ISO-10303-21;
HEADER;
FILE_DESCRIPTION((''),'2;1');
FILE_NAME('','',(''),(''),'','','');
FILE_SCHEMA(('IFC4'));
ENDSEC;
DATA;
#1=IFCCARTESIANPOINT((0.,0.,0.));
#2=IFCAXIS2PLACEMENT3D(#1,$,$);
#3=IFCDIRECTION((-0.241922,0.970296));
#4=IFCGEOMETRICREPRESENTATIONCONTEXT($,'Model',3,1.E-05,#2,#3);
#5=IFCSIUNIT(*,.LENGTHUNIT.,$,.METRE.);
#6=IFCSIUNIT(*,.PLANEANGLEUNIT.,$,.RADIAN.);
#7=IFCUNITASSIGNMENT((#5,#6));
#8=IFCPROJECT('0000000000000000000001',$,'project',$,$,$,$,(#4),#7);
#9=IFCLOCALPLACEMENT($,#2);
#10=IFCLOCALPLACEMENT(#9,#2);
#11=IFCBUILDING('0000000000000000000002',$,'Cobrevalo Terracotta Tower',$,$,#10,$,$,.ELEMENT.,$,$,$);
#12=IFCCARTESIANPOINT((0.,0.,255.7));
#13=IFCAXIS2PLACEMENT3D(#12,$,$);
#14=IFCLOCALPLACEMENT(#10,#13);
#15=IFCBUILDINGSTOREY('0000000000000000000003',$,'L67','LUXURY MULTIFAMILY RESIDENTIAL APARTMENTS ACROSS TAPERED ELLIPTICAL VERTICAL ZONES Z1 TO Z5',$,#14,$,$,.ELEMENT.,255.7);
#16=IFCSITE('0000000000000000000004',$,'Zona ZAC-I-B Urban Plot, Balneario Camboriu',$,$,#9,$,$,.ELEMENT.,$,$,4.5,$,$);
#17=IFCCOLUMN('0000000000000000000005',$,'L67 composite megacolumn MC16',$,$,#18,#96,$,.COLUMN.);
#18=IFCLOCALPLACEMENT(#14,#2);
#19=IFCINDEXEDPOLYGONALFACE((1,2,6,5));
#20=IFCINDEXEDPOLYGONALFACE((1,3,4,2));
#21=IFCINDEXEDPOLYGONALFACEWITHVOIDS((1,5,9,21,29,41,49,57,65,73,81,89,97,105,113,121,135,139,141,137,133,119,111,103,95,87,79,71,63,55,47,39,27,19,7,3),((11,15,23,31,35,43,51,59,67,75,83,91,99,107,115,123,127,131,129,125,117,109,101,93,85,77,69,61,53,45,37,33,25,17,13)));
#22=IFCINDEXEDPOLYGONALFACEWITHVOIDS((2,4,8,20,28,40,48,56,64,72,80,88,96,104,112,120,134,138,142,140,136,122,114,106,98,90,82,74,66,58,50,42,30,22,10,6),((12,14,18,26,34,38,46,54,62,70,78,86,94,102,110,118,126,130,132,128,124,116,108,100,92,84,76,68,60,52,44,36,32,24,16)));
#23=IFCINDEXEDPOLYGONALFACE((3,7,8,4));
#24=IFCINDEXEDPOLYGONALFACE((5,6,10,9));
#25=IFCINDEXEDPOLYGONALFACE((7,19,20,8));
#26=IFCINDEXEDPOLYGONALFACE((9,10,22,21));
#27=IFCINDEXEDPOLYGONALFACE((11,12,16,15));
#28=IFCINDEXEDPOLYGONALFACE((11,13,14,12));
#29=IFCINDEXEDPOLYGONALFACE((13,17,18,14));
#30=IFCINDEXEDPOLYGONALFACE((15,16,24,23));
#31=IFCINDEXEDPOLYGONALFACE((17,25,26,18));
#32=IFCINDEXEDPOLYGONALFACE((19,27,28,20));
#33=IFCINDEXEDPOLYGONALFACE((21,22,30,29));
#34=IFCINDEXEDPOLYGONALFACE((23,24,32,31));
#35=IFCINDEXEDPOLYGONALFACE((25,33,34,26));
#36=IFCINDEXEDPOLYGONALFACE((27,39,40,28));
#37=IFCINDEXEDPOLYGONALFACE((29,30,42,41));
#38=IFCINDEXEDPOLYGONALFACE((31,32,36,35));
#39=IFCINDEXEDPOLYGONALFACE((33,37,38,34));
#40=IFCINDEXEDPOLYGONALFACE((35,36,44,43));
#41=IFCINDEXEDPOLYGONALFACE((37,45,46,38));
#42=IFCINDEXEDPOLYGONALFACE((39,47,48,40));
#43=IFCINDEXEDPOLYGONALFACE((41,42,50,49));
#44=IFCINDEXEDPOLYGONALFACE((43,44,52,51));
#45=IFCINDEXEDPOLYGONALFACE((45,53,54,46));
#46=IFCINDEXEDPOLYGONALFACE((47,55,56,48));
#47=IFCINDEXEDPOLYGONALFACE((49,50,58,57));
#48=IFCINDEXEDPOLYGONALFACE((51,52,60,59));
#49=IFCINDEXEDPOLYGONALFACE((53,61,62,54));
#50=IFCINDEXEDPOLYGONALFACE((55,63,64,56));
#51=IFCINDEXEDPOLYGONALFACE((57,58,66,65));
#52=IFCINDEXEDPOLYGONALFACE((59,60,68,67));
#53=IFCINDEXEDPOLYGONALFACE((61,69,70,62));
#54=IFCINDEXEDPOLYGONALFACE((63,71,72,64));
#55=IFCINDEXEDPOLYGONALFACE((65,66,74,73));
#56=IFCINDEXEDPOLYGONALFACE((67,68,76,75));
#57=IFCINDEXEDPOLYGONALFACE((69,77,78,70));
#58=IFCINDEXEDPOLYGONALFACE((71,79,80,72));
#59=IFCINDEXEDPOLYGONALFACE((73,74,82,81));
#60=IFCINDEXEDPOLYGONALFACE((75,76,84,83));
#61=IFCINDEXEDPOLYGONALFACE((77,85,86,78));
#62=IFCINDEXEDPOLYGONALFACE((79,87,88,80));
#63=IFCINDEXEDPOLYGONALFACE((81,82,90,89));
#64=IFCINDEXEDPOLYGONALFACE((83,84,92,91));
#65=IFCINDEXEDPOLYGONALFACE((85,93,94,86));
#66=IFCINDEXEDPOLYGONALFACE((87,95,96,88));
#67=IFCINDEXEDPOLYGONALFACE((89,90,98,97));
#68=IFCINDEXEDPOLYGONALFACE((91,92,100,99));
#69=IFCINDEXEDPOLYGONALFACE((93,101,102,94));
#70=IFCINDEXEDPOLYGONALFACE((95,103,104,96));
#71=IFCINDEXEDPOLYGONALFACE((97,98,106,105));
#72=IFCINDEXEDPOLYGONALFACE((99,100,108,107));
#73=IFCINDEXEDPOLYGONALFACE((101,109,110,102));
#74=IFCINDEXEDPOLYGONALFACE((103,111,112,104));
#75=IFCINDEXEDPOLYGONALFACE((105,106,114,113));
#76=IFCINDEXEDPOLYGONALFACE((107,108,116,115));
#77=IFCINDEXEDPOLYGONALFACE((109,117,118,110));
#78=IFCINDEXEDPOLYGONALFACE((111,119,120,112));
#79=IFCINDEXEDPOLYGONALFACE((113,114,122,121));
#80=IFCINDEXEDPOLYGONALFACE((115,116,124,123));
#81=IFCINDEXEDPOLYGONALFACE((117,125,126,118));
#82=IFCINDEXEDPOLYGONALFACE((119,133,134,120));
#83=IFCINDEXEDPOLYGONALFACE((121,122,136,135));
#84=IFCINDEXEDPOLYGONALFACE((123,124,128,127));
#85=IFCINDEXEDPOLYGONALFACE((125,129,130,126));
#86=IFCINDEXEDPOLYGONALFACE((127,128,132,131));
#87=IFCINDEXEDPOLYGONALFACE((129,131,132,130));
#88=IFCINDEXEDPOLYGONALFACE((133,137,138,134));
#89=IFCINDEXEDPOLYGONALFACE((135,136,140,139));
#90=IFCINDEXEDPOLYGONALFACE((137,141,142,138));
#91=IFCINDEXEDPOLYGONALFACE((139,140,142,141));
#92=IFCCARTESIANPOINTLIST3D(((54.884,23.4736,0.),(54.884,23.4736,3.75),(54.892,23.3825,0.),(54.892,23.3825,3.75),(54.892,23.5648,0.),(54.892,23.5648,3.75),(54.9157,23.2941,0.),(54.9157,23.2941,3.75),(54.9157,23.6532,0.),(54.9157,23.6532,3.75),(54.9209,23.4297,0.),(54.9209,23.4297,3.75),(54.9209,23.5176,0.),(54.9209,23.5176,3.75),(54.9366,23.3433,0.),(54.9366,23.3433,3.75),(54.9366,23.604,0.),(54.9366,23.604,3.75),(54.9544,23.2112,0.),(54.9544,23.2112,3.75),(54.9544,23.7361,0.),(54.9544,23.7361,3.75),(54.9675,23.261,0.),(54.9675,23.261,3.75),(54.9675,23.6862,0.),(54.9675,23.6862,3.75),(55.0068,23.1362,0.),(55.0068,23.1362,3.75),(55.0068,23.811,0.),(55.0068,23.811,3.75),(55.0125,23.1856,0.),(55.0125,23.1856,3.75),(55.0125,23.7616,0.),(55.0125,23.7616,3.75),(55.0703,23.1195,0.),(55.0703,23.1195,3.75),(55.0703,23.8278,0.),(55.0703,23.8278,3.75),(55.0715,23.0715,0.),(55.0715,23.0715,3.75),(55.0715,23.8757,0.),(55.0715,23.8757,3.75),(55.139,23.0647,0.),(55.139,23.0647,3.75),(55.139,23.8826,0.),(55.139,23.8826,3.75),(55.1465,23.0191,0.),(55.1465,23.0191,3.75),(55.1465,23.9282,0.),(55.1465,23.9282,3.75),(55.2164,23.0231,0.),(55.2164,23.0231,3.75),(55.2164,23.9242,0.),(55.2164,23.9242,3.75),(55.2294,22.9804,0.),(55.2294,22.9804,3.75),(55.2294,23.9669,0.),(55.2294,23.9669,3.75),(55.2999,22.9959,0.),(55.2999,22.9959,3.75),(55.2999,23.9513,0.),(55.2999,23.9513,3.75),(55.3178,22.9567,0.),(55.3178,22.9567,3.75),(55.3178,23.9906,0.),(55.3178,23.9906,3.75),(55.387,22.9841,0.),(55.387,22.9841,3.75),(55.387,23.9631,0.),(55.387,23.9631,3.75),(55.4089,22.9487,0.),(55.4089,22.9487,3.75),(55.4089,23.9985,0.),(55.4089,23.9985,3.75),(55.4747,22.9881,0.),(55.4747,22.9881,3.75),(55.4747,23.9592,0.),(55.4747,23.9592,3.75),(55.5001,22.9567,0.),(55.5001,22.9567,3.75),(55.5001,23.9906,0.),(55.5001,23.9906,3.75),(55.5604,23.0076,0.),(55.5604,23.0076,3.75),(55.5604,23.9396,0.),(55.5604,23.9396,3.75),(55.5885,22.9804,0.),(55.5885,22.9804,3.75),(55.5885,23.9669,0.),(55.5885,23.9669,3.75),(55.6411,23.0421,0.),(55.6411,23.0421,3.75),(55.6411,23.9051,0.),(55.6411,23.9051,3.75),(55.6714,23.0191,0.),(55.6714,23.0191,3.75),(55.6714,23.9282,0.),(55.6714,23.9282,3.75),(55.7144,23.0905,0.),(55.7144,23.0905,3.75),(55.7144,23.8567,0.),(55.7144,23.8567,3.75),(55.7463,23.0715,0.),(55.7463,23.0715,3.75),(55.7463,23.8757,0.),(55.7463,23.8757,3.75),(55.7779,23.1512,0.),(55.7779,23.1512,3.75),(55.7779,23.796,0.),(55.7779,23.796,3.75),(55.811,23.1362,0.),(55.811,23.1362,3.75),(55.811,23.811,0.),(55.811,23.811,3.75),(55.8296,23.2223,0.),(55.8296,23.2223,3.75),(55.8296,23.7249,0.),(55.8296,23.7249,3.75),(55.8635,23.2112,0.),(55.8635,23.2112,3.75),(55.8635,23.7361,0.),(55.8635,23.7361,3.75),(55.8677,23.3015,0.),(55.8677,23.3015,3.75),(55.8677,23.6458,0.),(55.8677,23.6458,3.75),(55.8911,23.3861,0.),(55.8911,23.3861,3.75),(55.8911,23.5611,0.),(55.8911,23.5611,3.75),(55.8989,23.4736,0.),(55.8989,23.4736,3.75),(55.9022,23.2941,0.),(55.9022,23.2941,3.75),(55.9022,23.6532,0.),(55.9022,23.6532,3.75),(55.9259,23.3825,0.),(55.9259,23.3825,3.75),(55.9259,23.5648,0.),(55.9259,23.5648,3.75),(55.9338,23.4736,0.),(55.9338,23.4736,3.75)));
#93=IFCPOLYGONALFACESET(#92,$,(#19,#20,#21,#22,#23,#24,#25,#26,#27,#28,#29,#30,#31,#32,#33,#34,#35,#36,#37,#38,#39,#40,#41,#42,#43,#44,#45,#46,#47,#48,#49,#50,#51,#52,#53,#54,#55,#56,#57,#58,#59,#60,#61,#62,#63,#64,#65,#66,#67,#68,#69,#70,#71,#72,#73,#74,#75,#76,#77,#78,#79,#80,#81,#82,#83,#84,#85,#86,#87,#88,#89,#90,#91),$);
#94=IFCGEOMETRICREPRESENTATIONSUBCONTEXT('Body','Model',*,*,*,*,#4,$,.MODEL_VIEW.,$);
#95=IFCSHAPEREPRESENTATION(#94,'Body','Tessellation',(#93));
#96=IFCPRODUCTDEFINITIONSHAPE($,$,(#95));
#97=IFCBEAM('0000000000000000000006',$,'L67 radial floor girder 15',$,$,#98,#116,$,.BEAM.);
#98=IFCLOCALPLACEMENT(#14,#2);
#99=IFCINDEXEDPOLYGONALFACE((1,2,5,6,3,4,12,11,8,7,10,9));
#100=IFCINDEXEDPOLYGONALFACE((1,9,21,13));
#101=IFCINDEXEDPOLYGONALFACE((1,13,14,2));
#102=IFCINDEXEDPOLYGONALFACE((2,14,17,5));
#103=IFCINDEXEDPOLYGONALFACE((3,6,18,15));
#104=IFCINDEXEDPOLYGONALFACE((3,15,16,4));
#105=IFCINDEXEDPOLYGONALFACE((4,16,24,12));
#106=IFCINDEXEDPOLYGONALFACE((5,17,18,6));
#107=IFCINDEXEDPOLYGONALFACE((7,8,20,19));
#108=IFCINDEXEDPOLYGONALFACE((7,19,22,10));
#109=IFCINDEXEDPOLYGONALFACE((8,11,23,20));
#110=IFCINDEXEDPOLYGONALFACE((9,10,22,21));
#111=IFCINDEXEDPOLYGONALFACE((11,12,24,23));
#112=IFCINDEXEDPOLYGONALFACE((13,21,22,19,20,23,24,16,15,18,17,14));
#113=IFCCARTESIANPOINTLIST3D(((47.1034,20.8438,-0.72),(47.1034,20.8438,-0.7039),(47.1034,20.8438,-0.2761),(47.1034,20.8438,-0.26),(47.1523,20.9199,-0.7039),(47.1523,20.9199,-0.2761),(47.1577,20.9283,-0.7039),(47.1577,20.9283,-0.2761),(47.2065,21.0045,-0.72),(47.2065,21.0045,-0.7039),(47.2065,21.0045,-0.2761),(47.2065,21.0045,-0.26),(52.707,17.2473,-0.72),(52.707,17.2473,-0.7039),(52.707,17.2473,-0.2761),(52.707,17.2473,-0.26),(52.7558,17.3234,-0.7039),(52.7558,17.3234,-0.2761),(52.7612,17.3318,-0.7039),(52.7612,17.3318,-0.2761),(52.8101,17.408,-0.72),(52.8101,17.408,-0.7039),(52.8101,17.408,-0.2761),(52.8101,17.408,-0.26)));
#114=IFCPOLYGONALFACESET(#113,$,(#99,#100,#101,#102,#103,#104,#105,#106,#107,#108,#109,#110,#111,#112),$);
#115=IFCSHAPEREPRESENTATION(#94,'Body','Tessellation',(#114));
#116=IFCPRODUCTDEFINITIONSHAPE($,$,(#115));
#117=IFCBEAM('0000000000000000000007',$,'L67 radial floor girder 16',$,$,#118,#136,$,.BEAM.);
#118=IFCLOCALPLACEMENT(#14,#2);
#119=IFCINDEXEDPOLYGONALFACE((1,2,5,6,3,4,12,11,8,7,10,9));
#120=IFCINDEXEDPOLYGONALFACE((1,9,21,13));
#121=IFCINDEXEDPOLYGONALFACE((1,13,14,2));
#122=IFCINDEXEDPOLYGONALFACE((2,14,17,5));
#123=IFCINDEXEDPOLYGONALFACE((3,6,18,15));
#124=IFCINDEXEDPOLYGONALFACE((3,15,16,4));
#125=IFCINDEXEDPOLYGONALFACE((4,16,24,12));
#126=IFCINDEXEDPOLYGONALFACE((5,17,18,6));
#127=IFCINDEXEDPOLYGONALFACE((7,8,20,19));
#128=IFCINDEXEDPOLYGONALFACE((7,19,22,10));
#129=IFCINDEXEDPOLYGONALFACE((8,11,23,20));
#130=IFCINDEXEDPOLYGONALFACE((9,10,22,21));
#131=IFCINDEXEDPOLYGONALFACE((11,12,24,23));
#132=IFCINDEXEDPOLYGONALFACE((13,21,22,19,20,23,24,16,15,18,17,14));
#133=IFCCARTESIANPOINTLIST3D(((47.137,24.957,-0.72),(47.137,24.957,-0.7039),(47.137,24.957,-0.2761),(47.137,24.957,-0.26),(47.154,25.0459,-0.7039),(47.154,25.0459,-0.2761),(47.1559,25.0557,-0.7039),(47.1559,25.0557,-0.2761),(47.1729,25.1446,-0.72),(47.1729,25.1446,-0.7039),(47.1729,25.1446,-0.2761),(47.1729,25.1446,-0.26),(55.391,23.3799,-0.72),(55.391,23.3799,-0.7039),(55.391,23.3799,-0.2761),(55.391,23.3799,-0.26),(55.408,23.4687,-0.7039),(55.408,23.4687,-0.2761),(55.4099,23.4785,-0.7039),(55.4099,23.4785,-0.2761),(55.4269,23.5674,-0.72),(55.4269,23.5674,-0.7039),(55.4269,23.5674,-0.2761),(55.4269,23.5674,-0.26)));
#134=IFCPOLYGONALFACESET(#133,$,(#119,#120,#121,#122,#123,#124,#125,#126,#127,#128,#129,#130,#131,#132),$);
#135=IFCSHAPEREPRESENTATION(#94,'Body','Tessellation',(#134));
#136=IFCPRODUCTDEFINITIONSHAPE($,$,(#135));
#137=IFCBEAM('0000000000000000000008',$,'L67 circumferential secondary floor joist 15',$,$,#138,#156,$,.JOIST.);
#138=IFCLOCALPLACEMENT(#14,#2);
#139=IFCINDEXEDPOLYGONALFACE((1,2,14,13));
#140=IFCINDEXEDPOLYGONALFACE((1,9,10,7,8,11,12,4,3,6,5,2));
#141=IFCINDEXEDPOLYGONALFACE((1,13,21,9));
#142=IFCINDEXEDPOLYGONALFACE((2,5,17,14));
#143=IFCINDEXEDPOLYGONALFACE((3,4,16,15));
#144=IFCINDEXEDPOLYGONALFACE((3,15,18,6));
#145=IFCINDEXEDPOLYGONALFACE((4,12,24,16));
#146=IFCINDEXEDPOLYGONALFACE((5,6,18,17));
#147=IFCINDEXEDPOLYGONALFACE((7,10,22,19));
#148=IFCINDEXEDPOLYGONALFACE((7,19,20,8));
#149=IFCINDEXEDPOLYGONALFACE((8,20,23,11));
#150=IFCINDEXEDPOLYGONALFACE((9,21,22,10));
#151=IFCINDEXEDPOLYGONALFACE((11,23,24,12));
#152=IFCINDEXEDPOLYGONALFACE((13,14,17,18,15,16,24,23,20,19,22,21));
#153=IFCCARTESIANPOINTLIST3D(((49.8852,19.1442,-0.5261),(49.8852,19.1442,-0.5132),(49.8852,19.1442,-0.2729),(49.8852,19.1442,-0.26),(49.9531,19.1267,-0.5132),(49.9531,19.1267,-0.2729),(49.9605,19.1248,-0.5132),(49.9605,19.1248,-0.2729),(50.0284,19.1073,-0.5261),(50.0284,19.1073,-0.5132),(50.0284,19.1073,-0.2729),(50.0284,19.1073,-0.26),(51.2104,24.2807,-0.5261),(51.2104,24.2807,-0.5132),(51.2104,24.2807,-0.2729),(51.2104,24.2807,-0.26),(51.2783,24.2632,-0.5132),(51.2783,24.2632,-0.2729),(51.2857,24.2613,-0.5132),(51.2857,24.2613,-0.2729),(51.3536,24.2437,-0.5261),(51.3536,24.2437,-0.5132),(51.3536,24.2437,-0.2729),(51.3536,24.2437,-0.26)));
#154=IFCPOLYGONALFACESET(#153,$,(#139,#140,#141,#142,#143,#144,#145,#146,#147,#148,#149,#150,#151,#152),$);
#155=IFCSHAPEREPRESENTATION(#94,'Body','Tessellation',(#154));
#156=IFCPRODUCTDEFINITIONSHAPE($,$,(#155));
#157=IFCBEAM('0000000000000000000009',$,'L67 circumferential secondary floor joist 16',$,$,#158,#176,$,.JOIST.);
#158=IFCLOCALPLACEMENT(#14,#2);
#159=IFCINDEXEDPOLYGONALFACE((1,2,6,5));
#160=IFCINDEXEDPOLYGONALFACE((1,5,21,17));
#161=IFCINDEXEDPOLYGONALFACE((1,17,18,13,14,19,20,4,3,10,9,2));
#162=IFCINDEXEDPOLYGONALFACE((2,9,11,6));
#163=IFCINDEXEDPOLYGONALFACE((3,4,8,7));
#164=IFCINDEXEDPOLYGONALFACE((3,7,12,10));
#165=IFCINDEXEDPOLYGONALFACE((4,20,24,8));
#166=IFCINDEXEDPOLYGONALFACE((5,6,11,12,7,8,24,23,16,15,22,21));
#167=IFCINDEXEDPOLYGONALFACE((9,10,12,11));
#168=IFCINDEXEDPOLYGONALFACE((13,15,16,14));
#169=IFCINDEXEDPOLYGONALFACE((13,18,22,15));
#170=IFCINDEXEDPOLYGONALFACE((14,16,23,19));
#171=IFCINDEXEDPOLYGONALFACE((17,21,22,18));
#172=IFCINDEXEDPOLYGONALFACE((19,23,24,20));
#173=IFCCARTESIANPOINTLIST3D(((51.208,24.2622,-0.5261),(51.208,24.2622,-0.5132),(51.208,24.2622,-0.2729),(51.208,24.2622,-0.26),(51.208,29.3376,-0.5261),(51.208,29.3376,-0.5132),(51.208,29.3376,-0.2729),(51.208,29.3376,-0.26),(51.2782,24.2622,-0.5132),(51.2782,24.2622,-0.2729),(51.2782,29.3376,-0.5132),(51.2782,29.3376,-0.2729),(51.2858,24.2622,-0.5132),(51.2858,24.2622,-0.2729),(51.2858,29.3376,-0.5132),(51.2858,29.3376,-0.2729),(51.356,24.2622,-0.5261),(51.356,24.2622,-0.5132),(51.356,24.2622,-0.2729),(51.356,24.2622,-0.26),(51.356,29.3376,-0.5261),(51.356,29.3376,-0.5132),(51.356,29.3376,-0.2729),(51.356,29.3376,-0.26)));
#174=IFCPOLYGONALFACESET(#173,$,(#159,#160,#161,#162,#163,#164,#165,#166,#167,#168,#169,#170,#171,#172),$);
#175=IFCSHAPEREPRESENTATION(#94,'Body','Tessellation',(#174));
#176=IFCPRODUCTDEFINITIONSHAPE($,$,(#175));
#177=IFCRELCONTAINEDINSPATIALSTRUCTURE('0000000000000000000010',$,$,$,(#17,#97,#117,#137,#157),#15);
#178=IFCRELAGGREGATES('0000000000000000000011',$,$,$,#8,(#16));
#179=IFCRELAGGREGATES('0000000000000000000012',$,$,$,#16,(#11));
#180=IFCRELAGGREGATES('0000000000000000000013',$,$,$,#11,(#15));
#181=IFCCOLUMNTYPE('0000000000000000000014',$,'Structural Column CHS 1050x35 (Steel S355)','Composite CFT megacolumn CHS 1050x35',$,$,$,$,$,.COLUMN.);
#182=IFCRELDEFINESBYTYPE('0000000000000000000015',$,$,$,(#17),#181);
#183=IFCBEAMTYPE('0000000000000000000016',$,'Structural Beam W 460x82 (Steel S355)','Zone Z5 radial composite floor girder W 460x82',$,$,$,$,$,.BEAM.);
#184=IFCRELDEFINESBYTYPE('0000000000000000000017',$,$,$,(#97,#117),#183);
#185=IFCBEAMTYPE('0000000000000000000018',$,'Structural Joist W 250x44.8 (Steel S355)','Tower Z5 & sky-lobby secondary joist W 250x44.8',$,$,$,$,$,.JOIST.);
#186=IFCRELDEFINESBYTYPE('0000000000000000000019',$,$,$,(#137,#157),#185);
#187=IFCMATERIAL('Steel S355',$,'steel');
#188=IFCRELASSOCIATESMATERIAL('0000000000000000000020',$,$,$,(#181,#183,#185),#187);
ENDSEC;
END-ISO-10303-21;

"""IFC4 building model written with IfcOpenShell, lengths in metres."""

from ifc_helpers import new_model, si_unit, direction, frame, origin, origin_2d, place, context, subcontext, project, spatial, hollow_circle, i_section, extrude, material, material_profile, profile_set, type_object, element, save


model = new_model("IFC4")

# Units and contexts
model_context = context("Model", 3, precision=1e-05, world=origin(), true_north=direction((-0.241922, 0.970296)))
body_context = subcontext(model_context, "Body", "Model", "MODEL_VIEW")
ifc_project = project(units=[si_unit("LENGTHUNIT", "METRE"), si_unit("PLANEANGLEUNIT", "RADIAN")], contexts=[model_context])

# Site, building, storey
site_placement = place(None, origin())
site = spatial("IfcSite", under=ifc_project, at=site_placement, Name="Zona ZAC-I-B Urban Plot, Balneario Camboriu", CompositionType="ELEMENT", RefElevation=4.5)
building_placement = place(site_placement, origin())
building = spatial("IfcBuilding", under=site, at=building_placement, Name="Cobrevalo Terracotta Tower", CompositionType="ELEMENT")
storey_placement = place(building_placement, frame((0.0, 0.0, 255.7)))
storey = spatial("IfcBuildingStorey", under=building, at=storey_placement, Name="L67", Description="LUXURY MULTIFAMILY RESIDENTIAL APARTMENTS ACROSS TAPERED ELLIPTICAL VERTICAL ZONES Z1 TO Z5", CompositionType="ELEMENT", Elevation=255.7)

# Column
ifc_material_1 = material(Name="Steel S355", Category="steel")
ifc_material_profile_1 = material_profile(ifc_material_1, hollow_circle(Radius=0.5249, WallThickness=0.0349, at=origin_2d()), Name="CHS 1050x35")
ifc_profile_set_1 = profile_set([ifc_material_profile_1], Name="Steel S355")
column_type = type_object("IfcColumnType", Name="Structural Column CHS 1050x35 (Steel S355)", Description="Composite CFT megacolumn CHS 1050x35", PredefinedType="COLUMN", material=ifc_profile_set_1)
column_placement = place(storey_placement, frame((55.4089, 23.4736, 0.0), z_axis=(0.0, 0.0, 1.0), x_axis=(1.0, 0.0, 0.0)))
element("IfcColumn", 1, at=column_placement, inside=storey, type_object=column_type, Name="L67 composite megacolumn MC16", PredefinedType="COLUMN", context=body_context, shape_type="SweptSolid", body=[
    extrude(hollow_circle(Radius=0.5249, WallThickness=0.0349, at=origin_2d()), origin(), (0.0, 0.0, 1.0), 3.75),
])

# Beams
ifc_material_profile_2 = material_profile(ifc_material_1, i_section(OverallWidth=0.1909, OverallDepth=0.46, WebThickness=0.01, FlangeThickness=0.0161, at=origin_2d()), Name="W 460x82")
ifc_profile_set_2 = profile_set([ifc_material_profile_2], Name="Steel S355")
beam_type_1 = type_object("IfcBeamType", Name="Structural Beam W 460x82 (Steel S355)", Description="Zone Z5 radial composite floor girder W 460x82", PredefinedType="BEAM", material=ifc_profile_set_2)
beam_1_placement = place(storey_placement, frame((52.7585, 17.3276, -0.49), z_axis=(-0.841576, 0.540138, 0.0), x_axis=(-0.540138, -0.841576, 0.0)))
element("IfcBeam", 2, at=beam_1_placement, inside=storey, type_object=beam_type_1, Name="L67 radial floor girder 15", PredefinedType="BEAM", context=body_context, shape_type="SweptSolid", body=[
    extrude(i_section(OverallWidth=0.1909, OverallDepth=0.46, WebThickness=0.01, FlangeThickness=0.0161, at=origin_2d()), origin(), (0.0, 0.0, 1.0), 6.6584),
])
beam_2_placement = place(storey_placement, frame((55.4089, 23.4736, -0.49), z_axis=(-0.98223, 0.187683, 0.0), x_axis=(-0.187683, -0.98223, 0.0)))
element("IfcBeam", 3, at=beam_2_placement, inside=storey, type_object=beam_type_1, Name="L67 radial floor girder 16", PredefinedType="BEAM", context=body_context, shape_type="SweptSolid", body=[
    extrude(i_section(OverallWidth=0.1909, OverallDepth=0.46, WebThickness=0.01, FlangeThickness=0.0161, at=origin_2d()), origin(), (0.0, 0.0, 1.0), 8.4033),
])
ifc_material_profile_3 = material_profile(ifc_material_1, i_section(OverallWidth=0.1479, OverallDepth=0.2661, WebThickness=0.0076, FlangeThickness=0.0129, at=origin_2d()), Name="W 250x44.8")
ifc_profile_set_3 = profile_set([ifc_material_profile_3], Name="Steel S355")
beam_type_2 = type_object("IfcBeamType", Name="Structural Joist W 250x44.8 (Steel S355)", Description="Tower Z5 & sky-lobby secondary joist W 250x44.8", PredefinedType="JOIST", material=ifc_profile_set_3)
beam_3_placement = place(storey_placement, frame((49.9568, 19.1257, -0.3931), z_axis=(0.249817, 0.968293, 0.0), x_axis=(-0.968293, 0.249817, 0.0)))
element("IfcBeam", 4, at=beam_3_placement, inside=storey, type_object=beam_type_2, Name="L67 circumferential secondary floor joist 15", PredefinedType="JOIST", context=body_context, shape_type="SweptSolid", body=[
    extrude(i_section(OverallWidth=0.1479, OverallDepth=0.2661, WebThickness=0.0076, FlangeThickness=0.0129, at=origin_2d()), origin(), (0.0, 0.0, 1.0), 5.3047),
])
beam_4_placement = place(storey_placement, frame((51.282, 24.2622, -0.3931), z_axis=(0.0, 1.0, 0.0), x_axis=(-1.0, 0.0, 0.0)))
element("IfcBeam", 5, at=beam_4_placement, inside=storey, type_object=beam_type_2, Name="L67 circumferential secondary floor joist 16", PredefinedType="JOIST", context=body_context, shape_type="SweptSolid", body=[
    extrude(i_section(OverallWidth=0.1479, OverallDepth=0.2661, WebThickness=0.0076, FlangeThickness=0.0129, at=origin_2d()), origin(), (0.0, 0.0, 1.0), 5.0754),
])

save(model, "model.ifc")
